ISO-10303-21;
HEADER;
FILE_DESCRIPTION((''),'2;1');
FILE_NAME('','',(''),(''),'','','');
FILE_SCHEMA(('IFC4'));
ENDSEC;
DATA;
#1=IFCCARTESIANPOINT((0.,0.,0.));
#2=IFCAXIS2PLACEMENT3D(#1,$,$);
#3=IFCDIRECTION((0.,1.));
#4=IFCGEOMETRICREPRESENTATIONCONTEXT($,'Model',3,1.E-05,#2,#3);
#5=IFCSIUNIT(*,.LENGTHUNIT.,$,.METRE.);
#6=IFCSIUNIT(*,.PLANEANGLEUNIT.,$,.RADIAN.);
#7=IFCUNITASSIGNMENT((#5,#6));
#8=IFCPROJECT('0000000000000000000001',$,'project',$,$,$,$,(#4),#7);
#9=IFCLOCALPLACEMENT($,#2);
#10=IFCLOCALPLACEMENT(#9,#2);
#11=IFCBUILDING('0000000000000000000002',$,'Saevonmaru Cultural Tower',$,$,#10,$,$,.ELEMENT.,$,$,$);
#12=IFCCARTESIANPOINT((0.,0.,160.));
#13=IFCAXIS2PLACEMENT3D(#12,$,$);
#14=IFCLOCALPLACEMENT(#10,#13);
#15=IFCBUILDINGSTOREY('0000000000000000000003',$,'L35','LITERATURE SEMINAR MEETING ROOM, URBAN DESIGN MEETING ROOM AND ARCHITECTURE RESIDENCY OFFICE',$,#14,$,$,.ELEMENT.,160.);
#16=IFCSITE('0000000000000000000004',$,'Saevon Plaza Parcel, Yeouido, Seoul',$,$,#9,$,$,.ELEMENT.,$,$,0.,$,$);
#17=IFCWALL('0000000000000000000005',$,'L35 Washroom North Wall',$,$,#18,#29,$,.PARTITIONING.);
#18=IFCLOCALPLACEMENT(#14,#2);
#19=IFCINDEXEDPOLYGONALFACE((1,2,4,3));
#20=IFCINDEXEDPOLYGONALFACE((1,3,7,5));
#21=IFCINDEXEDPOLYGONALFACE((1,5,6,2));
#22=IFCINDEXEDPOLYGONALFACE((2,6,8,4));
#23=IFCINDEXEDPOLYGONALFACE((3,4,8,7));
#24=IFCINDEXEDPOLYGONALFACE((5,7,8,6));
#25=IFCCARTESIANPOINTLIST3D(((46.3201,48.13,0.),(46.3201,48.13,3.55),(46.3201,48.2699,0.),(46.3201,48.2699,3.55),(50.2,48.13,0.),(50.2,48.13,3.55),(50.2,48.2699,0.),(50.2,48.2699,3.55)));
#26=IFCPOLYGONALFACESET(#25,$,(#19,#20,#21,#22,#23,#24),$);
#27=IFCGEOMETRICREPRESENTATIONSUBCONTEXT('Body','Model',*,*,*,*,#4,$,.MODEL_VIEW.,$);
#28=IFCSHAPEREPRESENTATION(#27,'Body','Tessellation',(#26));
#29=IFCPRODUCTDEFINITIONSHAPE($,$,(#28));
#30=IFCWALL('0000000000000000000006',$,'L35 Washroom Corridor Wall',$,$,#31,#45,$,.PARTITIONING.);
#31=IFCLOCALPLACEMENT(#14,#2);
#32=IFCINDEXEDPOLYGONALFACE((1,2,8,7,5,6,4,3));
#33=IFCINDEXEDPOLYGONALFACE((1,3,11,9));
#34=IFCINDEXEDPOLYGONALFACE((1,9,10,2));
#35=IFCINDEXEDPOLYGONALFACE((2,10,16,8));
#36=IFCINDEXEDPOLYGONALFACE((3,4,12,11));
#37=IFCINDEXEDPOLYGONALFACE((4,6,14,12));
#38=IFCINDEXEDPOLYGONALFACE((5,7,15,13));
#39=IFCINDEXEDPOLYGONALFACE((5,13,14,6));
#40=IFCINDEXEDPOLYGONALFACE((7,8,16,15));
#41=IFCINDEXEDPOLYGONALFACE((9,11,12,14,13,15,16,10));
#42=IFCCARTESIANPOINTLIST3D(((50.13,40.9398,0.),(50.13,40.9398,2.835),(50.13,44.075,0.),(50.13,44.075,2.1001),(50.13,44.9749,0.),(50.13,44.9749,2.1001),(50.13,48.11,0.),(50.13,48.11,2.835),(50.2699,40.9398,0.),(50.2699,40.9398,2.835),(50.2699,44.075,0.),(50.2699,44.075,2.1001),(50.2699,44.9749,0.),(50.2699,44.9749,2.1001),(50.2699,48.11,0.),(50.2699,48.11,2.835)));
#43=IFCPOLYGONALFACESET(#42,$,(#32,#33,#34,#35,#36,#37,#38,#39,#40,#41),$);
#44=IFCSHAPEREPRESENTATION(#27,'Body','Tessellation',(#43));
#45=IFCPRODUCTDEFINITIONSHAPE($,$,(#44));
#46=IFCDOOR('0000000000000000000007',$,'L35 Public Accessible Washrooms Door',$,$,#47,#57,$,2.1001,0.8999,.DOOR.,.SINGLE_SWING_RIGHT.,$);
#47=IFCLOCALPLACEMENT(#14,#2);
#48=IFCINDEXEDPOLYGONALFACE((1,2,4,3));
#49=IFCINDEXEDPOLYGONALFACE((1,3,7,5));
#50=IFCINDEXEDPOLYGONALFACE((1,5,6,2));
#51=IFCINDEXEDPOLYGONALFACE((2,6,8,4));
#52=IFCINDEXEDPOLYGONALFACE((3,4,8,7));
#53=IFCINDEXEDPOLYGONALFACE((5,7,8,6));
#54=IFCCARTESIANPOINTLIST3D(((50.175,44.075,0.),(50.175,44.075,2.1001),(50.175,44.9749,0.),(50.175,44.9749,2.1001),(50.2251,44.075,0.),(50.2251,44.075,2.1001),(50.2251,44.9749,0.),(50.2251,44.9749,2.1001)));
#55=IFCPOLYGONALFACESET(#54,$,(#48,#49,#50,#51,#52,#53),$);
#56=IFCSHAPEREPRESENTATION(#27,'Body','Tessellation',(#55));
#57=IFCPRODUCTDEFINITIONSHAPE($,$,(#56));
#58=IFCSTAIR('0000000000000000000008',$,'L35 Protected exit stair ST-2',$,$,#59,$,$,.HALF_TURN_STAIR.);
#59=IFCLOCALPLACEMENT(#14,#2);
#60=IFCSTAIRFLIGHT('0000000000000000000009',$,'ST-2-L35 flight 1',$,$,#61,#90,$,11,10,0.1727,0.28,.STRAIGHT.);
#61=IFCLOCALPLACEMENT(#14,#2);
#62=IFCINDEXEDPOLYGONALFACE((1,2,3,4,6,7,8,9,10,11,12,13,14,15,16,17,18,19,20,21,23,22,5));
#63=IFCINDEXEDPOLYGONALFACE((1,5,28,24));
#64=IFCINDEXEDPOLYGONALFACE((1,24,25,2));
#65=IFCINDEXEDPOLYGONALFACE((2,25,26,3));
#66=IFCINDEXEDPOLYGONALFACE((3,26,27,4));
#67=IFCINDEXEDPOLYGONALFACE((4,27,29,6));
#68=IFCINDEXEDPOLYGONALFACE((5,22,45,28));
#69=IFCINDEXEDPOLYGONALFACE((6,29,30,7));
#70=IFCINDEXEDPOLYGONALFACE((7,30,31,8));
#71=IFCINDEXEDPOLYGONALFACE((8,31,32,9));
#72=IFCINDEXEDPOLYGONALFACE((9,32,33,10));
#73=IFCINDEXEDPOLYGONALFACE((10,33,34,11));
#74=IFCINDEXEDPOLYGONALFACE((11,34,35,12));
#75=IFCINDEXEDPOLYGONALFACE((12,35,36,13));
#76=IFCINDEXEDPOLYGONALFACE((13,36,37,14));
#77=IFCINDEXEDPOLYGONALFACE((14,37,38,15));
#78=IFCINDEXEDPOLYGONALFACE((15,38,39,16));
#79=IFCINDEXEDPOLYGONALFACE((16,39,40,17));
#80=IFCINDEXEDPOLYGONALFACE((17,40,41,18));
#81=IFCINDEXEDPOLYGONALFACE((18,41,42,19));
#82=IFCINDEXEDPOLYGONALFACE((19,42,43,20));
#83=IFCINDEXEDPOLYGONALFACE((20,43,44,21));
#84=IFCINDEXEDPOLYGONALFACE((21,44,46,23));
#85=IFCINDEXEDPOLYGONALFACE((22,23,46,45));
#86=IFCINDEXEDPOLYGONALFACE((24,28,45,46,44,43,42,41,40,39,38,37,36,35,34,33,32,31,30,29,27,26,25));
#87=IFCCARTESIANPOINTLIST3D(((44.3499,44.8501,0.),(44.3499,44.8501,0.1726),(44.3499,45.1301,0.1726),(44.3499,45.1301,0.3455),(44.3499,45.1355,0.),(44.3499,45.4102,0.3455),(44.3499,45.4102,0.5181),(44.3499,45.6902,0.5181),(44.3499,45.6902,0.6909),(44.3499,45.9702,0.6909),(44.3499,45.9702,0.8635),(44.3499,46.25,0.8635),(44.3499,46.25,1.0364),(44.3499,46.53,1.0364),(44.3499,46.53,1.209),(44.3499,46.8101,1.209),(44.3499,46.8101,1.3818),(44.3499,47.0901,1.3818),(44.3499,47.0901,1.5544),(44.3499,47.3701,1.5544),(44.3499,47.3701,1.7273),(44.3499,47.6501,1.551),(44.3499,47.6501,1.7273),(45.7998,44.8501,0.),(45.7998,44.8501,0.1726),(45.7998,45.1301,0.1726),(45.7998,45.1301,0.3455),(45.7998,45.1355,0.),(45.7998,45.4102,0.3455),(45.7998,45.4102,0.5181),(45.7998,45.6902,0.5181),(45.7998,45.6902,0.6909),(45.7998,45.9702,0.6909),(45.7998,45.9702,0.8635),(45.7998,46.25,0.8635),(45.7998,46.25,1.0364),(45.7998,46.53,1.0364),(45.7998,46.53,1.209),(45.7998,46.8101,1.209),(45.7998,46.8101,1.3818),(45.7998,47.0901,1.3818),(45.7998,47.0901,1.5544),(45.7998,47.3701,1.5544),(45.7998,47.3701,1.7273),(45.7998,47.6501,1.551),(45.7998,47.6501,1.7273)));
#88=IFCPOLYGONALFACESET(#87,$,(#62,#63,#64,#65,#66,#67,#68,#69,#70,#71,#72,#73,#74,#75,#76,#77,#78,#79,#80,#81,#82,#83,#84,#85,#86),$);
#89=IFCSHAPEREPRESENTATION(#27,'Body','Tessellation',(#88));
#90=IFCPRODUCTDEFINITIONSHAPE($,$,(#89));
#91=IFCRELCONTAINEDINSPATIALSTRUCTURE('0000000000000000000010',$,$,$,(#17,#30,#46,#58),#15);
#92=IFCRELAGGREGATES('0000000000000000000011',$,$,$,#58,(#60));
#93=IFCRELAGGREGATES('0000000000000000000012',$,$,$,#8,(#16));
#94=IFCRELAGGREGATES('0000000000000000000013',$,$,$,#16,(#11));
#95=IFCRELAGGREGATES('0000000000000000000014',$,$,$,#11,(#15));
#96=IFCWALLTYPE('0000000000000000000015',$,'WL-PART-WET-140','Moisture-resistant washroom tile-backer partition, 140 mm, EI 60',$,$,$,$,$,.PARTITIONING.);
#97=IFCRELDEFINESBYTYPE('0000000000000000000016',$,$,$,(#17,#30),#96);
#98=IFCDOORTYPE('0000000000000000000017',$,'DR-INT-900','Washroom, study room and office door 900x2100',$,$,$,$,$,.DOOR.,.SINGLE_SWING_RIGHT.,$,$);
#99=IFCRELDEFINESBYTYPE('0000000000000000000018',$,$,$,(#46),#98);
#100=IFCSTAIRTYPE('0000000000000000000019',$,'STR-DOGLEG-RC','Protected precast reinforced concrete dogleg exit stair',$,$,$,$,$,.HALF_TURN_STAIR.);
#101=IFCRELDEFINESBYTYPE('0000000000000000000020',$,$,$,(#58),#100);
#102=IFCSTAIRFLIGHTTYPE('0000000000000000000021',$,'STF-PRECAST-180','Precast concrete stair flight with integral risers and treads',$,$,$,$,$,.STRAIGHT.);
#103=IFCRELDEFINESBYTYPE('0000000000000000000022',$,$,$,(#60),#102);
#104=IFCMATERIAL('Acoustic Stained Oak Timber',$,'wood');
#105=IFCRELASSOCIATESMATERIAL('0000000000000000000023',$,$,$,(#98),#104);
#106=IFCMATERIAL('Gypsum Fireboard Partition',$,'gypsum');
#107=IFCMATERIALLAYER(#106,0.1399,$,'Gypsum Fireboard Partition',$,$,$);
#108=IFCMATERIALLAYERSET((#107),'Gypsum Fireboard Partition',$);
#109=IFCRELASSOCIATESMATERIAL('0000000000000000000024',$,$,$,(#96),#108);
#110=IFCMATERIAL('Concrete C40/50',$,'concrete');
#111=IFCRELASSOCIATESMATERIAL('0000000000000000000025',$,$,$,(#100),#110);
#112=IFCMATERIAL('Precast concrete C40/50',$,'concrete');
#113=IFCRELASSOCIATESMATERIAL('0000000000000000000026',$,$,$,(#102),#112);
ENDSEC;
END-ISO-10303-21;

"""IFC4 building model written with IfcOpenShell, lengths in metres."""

from ifc_helpers import new_model, si_unit, direction, frame, frame_2d, origin, place, context, subcontext, project, spatial, polyline, rectangle, outline, extrude, material, layer, layer_set, type_object, element, fill, aggregate, save


model = new_model("IFC4")

# Units and contexts
model_context = context("Model", 3, precision=1e-05, world=origin(), true_north=direction((0.0, 1.0)))
body_context = subcontext(model_context, "Body", "Model", "MODEL_VIEW")
ifc_project = project(units=[si_unit("LENGTHUNIT", "METRE"), si_unit("PLANEANGLEUNIT", "RADIAN")], contexts=[model_context])

# Site, building, storey
site_placement = place(None, origin())
site = spatial("IfcSite", under=ifc_project, at=site_placement, Name="Saevon Plaza Parcel, Yeouido, Seoul", CompositionType="ELEMENT", RefElevation=0.0)
building_placement = place(site_placement, origin())
building = spatial("IfcBuilding", under=site, at=building_placement, Name="Saevonmaru Cultural Tower", CompositionType="ELEMENT")
storey_placement = place(building_placement, frame((0.0, 0.0, 160.0)))
storey = spatial("IfcBuildingStorey", under=building, at=storey_placement, Name="L35", Description="LITERATURE SEMINAR MEETING ROOM, URBAN DESIGN MEETING ROOM AND ARCHITECTURE RESIDENCY OFFICE", CompositionType="ELEMENT", Elevation=160.0)

# Shared definitions
ifc_material_1 = material(Name="Gypsum Fireboard Partition", Category="gypsum")
ifc_material_2 = material(Name="Acoustic Stained Oak Timber", Category="wood")
door_type_1 = type_object("IfcDoorType", Name="DR-INT-900", Description="Washroom, study room and office door 900x2100", OperationType="SINGLE_SWING_RIGHT", PredefinedType="DOOR", material=ifc_material_2)

# Wall
ifc_layer_1 = layer(ifc_material_1, 0.1399, Name="Gypsum Fireboard Partition")
ifc_layer_set_1 = layer_set([ifc_layer_1], Name="Gypsum Fireboard Partition")
wall_type_1 = type_object("IfcWallType", Name="WL-PART-WET-140", Description="Moisture-resistant washroom tile-backer partition, 140 mm, EI 60", PredefinedType="PARTITIONING", material=ifc_layer_set_1)
wall_1_placement = place(storey_placement, frame((46.3201, 48.2, 0.0), z_axis=(0.0, 0.0, 1.0), x_axis=(1.0, 0.0, 0.0)))
element("IfcWall", 1, at=wall_1_placement, inside=storey, type_object=wall_type_1, Name="L35 Washroom North Wall", PredefinedType="PARTITIONING", context=body_context, shape_type="SweptSolid", body=[
    extrude(rectangle(XDim=3.8799, YDim=0.1399, at=frame_2d((1.9399, 0.0))), origin(), (0.0, 0.0, 1.0), 3.55),
])

# Wall, opening, door
wall_2_placement = place(storey_placement, frame((50.2, 40.9399, 0.0), z_axis=(0.0, 0.0, 1.0), x_axis=(0.0, 1.0, 0.0)))
wall_2 = element("IfcWall", 2, at=wall_2_placement, inside=storey, type_object=wall_type_1, Name="L35 Washroom Corridor Wall", PredefinedType="PARTITIONING", context=body_context, shape_type="SweptSolid", body=[
    extrude(rectangle(XDim=7.1702, YDim=0.1399, at=frame_2d((3.585, 0.0))), origin(), (0.0, 0.0, 1.0), 2.835),
])
opening_1_placement = place(wall_2_placement, frame((3.135, 0.0, 0.0)))
opening_1 = element("IfcOpeningElement", 3, at=opening_1_placement, cuts=wall_2, PredefinedType="OPENING", context=body_context, shape_type="SweptSolid", body=[
    extrude(rectangle(XDim=0.8999, YDim=2.1001, at=frame_2d((0.45, 1.05))), frame((0.0, 0.0801, 0.0), z_axis=(0.0, -1.0, 0.0), x_axis=(1.0, 0.0, 0.0)), (0.0, 0.0, 1.0), 0.1599),
])
door_1_placement = place(opening_1_placement, origin())
door_1 = element("IfcDoor", 4, at=door_1_placement, inside=storey, type_object=door_type_1, Name="L35 Public Accessible Washrooms Door", OperationType="SINGLE_SWING_RIGHT", OverallHeight=2.1001, OverallWidth=0.8999, PredefinedType="DOOR", context=body_context, shape_type="SweptSolid", body=[
    extrude(rectangle(XDim=0.8999, YDim=2.1001, at=frame_2d((0.45, 1.05))), frame((0.0, 0.0249, 0.0), z_axis=(0.0, -1.0, 0.0), x_axis=(1.0, 0.0, 0.0)), (0.0, 0.0, 1.0), 0.05),
])
fill(opening_1, door_1)

# Stair, stair flight
ifc_material_3 = material(Name="Concrete C40/50", Category="concrete")
stair_type = type_object("IfcStairType", Name="STR-DOGLEG-RC", Description="Protected precast reinforced concrete dogleg exit stair", PredefinedType="HALF_TURN_STAIR", material=ifc_material_3)
stair_placement = place(storey_placement, origin())
stair = element("IfcStair", 5, at=stair_placement, inside=storey, type_object=stair_type, Name="L35 Protected exit stair ST-2", PredefinedType="HALF_TURN_STAIR")
ifc_material_4 = material(Name="Precast concrete C40/50", Category="concrete")
stair_flight_type = type_object("IfcStairFlightType", Name="STF-PRECAST-180", Description="Precast concrete stair flight with integral risers and treads", PredefinedType="STRAIGHT", material=ifc_material_4)
stair_flight_placement = place(storey_placement, frame((45.075, 44.8501, 0.0), z_axis=(0.0, 0.0, 1.0), x_axis=(0.0, 1.0, 0.0)))
stair_flight = element("IfcStairFlight", 6, at=stair_flight_placement, type_object=stair_flight_type, Name="ST-2-L35 flight 1", NumberOfRisers=11, NumberOfTreads=10, PredefinedType="STRAIGHT", RiserHeight=0.1727, TreadLength=0.28, context=body_context, shape_type="SweptSolid", body=[
    extrude(outline(polyline([(0.0, 0.0), (0.0, 0.1726), (0.28, 0.1726), (0.28, 0.3455), (0.5601, 0.3455), (0.5601, 0.5181), (0.8401, 0.5181), (0.8401, 0.6909), (1.1201, 0.6909), (1.1201, 0.8635), (1.3999, 0.8635), (1.3999, 1.0364), (1.6799, 1.0364), (1.6799, 1.209), (1.96, 1.209), (1.96, 1.3818), (2.24, 1.3818), (2.24, 1.5544), (2.52, 1.5544), (2.52, 1.7273), (2.8, 1.7273), (2.8, 1.8999), (2.8, 1.551), (0.2854, 0.0), (0.0, 0.0)])), frame((0.0, 0.7251, 0.0), z_axis=(0.0, -1.0, 0.0), x_axis=(1.0, 0.0, 0.0)), (0.0, 0.0, 1.0), 1.45),
])
aggregate(stair, [stair_flight])

save(model, "model.ifc")
